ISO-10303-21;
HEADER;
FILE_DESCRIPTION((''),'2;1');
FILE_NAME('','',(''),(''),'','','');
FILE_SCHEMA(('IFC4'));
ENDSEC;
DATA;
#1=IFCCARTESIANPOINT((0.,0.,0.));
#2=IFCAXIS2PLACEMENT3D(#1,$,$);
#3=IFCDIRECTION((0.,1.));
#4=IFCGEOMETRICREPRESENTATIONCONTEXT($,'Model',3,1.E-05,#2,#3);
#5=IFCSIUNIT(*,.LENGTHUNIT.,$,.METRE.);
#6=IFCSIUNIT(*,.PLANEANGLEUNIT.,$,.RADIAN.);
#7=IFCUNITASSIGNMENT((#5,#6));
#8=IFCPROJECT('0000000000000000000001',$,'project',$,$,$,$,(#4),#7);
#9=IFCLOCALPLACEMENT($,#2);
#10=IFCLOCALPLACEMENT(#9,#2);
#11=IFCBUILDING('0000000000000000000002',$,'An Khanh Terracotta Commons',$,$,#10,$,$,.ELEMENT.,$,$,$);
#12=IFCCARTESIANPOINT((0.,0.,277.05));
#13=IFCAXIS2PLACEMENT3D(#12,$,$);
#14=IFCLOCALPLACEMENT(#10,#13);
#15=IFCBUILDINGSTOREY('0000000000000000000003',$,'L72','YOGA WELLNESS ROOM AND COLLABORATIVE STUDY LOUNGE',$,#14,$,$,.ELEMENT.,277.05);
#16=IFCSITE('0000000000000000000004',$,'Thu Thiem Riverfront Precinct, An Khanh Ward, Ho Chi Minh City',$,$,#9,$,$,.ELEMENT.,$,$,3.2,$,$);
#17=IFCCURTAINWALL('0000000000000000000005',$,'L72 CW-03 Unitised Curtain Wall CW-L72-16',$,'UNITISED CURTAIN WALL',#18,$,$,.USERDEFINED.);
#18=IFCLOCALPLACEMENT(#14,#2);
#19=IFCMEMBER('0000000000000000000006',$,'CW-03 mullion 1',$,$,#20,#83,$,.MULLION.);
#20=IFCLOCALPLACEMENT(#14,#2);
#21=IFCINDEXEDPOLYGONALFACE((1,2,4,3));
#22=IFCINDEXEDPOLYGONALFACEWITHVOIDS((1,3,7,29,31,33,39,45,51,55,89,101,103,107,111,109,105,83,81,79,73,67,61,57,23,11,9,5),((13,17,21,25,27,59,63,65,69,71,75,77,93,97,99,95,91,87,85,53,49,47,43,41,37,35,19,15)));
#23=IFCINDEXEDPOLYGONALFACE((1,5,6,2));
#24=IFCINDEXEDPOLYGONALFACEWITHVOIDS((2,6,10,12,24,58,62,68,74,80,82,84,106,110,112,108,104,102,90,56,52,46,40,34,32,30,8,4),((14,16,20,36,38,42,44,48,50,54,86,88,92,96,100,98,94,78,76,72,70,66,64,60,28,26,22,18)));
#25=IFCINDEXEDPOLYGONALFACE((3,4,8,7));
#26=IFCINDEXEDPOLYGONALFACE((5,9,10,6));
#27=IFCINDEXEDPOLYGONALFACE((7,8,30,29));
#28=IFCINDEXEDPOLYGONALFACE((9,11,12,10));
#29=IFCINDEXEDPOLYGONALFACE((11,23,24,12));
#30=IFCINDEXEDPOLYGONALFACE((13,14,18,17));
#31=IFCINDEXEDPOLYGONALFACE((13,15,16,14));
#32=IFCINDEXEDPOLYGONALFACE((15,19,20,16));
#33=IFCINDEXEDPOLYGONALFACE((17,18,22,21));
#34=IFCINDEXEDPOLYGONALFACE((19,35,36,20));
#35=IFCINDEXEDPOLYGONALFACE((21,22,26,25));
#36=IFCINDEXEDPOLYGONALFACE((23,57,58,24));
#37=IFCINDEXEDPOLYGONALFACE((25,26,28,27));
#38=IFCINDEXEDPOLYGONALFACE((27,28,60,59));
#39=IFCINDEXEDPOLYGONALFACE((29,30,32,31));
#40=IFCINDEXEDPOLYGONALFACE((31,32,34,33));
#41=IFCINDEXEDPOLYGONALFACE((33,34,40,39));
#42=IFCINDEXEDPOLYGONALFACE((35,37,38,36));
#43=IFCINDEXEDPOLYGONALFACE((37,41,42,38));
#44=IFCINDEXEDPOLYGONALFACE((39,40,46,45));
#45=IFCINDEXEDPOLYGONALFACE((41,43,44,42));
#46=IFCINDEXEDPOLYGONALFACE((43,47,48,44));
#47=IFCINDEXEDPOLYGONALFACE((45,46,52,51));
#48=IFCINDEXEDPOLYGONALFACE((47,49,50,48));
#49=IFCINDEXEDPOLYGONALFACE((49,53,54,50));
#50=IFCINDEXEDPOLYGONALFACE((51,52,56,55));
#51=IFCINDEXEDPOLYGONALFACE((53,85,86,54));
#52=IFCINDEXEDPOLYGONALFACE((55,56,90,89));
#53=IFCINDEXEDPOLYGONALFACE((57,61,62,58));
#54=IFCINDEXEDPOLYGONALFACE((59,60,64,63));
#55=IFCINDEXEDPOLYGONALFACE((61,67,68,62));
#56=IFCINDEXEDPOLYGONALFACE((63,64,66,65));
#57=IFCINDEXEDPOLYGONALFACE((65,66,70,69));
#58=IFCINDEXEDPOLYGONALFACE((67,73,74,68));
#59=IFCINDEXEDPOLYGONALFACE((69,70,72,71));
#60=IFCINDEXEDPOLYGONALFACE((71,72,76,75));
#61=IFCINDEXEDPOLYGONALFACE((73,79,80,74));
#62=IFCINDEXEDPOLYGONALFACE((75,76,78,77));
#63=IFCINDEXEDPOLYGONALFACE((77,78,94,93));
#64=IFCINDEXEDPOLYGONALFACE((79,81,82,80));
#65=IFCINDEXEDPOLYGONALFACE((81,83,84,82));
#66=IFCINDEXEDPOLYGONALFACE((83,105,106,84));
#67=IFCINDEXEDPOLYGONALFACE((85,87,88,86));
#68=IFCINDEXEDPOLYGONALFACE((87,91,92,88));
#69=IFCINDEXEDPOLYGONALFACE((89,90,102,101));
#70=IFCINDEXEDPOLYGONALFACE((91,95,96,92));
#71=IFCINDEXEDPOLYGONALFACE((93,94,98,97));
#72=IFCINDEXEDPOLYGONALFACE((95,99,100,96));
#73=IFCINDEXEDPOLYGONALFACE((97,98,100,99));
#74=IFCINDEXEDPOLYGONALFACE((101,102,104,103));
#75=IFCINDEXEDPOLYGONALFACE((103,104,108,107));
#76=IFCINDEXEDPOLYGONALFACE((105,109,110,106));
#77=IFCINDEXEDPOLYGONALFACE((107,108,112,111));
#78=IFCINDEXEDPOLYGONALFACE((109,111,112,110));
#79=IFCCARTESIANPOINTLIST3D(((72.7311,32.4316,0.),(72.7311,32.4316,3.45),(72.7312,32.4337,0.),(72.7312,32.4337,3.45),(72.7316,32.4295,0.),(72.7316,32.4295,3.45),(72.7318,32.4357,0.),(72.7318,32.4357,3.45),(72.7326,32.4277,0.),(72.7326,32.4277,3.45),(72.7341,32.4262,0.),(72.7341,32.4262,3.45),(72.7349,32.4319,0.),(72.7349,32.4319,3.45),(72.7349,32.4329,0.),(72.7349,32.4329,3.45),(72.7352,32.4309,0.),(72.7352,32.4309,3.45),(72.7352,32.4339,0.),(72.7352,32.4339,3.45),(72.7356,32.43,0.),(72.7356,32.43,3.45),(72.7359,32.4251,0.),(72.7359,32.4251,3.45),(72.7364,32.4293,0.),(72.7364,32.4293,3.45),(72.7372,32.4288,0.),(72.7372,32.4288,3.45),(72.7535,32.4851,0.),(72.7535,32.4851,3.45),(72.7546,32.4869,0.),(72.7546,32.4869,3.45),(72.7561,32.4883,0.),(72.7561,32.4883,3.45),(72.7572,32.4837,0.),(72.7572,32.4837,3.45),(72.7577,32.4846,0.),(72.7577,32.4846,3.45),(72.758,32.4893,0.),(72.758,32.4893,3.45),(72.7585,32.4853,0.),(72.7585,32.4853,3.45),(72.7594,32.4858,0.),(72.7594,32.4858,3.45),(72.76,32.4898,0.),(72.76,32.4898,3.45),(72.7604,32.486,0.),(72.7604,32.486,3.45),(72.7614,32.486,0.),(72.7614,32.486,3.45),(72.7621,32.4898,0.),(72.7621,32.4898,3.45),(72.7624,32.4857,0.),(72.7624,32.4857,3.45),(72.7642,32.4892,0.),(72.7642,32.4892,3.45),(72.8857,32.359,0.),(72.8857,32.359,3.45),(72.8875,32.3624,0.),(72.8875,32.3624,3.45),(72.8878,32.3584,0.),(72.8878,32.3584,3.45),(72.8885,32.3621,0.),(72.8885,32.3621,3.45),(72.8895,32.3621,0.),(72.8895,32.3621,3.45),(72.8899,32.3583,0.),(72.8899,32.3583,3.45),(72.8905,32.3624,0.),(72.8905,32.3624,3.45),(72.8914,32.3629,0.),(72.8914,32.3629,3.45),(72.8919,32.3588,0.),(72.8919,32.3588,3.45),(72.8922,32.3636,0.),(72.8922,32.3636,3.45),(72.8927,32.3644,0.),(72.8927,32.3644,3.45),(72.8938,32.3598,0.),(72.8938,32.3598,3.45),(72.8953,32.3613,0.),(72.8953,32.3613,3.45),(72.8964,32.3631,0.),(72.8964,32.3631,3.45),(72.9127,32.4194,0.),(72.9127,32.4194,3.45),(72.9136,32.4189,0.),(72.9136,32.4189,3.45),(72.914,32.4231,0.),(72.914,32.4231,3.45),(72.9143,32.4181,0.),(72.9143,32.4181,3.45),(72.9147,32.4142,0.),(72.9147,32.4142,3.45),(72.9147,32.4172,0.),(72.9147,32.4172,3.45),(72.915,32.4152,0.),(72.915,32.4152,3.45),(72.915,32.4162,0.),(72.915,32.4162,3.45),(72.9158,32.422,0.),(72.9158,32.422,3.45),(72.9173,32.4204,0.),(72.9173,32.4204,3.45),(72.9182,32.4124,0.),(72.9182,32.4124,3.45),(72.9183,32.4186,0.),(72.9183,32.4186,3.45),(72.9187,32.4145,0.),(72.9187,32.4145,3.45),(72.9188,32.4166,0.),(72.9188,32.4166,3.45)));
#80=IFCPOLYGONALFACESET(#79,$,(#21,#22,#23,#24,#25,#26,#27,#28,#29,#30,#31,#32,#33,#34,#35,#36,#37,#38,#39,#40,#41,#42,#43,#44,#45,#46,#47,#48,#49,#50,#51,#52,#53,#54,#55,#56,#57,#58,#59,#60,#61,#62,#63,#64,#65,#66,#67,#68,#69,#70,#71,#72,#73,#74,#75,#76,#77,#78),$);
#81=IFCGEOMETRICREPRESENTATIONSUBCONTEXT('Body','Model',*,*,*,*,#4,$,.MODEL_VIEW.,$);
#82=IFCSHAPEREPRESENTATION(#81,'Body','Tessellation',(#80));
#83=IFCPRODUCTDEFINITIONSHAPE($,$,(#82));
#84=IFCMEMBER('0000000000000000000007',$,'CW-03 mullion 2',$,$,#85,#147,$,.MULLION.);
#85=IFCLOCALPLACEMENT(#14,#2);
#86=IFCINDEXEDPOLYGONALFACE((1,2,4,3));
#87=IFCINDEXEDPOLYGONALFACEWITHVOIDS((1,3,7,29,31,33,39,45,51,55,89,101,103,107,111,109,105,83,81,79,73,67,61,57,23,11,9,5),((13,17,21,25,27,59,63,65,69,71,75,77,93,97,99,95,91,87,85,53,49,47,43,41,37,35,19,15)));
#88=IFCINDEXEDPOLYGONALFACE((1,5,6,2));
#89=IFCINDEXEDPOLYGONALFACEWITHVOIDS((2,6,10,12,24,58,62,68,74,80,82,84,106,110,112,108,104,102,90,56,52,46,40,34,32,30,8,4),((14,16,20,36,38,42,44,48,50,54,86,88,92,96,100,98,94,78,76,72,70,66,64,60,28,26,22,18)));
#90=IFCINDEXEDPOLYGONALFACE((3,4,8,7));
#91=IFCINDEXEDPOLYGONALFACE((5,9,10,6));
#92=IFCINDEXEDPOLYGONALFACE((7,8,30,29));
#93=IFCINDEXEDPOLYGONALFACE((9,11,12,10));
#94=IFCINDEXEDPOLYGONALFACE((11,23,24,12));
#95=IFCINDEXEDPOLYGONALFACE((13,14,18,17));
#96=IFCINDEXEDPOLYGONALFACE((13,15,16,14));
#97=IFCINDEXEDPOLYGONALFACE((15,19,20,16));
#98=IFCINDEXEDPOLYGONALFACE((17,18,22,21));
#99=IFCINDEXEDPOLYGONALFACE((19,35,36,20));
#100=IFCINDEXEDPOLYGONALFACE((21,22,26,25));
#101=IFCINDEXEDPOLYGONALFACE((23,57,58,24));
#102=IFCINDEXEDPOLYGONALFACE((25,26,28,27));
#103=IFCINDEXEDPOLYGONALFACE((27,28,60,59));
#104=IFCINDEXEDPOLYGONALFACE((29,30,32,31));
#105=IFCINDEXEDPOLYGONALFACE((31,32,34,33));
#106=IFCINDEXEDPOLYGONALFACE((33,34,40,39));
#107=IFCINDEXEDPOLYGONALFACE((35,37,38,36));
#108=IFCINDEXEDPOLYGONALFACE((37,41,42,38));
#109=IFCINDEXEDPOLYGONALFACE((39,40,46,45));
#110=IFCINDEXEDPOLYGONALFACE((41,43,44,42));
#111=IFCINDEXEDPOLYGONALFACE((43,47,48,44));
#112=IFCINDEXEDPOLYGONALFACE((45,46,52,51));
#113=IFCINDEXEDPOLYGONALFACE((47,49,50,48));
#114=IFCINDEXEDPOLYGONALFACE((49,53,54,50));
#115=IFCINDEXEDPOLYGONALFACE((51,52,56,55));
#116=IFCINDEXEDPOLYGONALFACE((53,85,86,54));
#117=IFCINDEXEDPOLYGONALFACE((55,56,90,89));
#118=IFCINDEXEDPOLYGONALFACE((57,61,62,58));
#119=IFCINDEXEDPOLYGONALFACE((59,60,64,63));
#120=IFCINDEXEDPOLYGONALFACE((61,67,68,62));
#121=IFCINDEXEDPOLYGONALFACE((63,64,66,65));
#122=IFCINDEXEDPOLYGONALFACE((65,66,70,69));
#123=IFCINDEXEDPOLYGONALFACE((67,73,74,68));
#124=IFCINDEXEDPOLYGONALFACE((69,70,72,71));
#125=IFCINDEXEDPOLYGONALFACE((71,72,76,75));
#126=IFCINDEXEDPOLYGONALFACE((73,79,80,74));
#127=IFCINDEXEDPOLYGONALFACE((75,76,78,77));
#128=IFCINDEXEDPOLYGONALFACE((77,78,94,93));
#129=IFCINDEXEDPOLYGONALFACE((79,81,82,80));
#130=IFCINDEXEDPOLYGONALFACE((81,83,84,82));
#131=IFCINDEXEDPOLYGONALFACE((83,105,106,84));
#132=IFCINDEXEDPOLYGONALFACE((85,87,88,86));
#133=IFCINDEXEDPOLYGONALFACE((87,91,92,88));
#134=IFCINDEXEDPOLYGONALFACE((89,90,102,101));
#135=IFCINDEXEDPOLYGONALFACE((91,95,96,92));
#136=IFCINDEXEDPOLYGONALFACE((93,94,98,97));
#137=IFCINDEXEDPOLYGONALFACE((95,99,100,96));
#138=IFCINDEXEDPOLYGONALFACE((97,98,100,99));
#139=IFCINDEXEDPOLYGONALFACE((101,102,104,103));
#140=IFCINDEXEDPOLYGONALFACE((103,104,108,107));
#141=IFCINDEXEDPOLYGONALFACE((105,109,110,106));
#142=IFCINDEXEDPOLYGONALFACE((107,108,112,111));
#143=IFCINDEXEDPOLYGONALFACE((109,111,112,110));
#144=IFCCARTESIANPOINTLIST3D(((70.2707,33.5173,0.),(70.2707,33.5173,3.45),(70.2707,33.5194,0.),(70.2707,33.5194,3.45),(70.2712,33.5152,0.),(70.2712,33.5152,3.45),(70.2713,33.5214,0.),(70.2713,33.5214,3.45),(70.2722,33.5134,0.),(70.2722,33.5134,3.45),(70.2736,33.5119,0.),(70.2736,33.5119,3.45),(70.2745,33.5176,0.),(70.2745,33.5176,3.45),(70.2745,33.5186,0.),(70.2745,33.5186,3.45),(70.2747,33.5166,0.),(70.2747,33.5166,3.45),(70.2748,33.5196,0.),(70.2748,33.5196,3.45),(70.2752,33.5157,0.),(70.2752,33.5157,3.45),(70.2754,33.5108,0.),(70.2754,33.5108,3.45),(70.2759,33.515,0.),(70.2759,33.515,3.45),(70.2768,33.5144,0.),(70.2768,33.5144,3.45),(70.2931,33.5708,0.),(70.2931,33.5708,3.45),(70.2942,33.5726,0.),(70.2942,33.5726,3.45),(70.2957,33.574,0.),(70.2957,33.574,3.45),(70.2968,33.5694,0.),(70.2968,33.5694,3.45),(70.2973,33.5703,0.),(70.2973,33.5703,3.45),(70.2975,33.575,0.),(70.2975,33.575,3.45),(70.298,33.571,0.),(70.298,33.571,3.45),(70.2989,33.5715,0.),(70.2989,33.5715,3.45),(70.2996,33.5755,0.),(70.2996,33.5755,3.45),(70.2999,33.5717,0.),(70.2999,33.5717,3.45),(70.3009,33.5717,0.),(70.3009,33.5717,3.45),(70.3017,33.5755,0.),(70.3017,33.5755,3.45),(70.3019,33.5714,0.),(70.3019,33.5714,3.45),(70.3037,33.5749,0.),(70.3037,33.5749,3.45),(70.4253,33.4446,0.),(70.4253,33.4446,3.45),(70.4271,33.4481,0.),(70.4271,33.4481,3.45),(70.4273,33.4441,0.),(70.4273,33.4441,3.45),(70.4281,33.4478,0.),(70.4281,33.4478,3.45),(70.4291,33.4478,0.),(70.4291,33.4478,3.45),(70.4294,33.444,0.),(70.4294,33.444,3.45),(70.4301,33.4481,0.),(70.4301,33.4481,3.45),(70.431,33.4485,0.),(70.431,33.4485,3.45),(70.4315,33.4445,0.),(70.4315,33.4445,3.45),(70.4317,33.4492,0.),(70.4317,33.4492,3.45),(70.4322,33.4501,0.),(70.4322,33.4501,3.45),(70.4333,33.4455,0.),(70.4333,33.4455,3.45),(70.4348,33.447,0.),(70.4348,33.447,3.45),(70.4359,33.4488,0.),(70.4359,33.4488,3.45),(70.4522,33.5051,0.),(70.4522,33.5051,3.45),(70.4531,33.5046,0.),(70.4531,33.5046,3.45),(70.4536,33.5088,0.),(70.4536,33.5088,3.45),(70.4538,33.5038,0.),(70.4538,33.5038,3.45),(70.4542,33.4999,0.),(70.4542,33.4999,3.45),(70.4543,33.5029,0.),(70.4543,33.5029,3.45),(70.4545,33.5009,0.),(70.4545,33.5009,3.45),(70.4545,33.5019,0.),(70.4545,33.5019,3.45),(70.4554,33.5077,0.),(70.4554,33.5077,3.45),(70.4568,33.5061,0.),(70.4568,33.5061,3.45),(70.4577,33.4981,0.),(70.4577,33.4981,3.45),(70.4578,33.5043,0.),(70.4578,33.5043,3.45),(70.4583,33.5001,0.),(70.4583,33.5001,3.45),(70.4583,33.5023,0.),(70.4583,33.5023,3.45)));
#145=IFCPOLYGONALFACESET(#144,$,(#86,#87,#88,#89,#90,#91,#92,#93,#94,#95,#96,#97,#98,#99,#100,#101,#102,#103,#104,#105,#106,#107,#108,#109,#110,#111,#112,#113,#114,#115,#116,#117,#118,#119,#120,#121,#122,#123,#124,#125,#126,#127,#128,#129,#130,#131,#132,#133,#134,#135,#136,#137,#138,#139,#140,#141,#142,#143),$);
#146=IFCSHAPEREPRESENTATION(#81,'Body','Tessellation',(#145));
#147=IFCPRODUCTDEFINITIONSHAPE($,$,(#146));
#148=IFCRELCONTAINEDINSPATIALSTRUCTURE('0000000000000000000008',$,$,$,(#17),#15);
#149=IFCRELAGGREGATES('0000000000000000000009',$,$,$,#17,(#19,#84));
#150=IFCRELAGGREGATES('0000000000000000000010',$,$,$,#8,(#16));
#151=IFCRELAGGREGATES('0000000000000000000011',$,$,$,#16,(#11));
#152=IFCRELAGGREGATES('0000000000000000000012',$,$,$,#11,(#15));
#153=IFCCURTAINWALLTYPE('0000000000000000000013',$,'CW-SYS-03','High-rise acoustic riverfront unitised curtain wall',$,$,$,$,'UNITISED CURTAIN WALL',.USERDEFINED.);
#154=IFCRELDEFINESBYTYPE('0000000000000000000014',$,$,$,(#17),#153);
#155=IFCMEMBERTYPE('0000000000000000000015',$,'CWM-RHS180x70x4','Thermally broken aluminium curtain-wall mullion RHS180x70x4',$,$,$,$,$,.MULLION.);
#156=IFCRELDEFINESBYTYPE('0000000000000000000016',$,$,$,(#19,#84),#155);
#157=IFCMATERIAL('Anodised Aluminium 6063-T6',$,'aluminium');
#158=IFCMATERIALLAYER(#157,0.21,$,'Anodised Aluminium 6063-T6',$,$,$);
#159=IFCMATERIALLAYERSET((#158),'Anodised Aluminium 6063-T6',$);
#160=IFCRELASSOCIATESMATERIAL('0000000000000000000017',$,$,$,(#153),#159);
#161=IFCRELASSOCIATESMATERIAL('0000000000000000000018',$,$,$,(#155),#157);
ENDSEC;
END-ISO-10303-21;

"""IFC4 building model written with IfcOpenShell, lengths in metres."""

from ifc_helpers import new_model, si_unit, direction, frame, origin, origin_2d, place, context, subcontext, project, spatial, hollow_rectangle, extrude, material, layer, layer_set, material_profile, profile_set, type_object, element, aggregate, save


model = new_model("IFC4")

# Units and contexts
model_context = context("Model", 3, precision=1e-05, world=origin(), true_north=direction((0.0, 1.0)))
body_context = subcontext(model_context, "Body", "Model", "MODEL_VIEW")
ifc_project = project(units=[si_unit("LENGTHUNIT", "METRE"), si_unit("PLANEANGLEUNIT", "RADIAN")], contexts=[model_context])

# Site, building, storey
site_placement = place(None, origin())
site = spatial("IfcSite", under=ifc_project, at=site_placement, Name="Thu Thiem Riverfront Precinct, An Khanh Ward, Ho Chi Minh City", CompositionType="ELEMENT", RefElevation=3.2)
building_placement = place(site_placement, origin())
building = spatial("IfcBuilding", under=site, at=building_placement, Name="An Khanh Terracotta Commons", CompositionType="ELEMENT")
storey_placement = place(building_placement, frame((0.0, 0.0, 277.05)))
storey = spatial("IfcBuildingStorey", under=building, at=storey_placement, Name="L72", Description="YOGA WELLNESS ROOM AND COLLABORATIVE STUDY LOUNGE", CompositionType="ELEMENT", Elevation=277.05)

# Curtain wall, members
ifc_material_1 = material(Name="Anodised Aluminium 6063-T6", Category="aluminium")
ifc_layer_1 = layer(ifc_material_1, 0.21, Name="Anodised Aluminium 6063-T6")
ifc_layer_set_1 = layer_set([ifc_layer_1], Name="Anodised Aluminium 6063-T6")
curtain_wall_type_1 = type_object("IfcCurtainWallType", Name="CW-SYS-03", Description="High-rise acoustic riverfront unitised curtain wall", ElementType="UNITISED CURTAIN WALL", PredefinedType="USERDEFINED", material=ifc_layer_set_1)
curtain_wall_1_placement = place(storey_placement, origin())
curtain_wall_1 = element("IfcCurtainWall", 1, at=curtain_wall_1_placement, inside=storey, type_object=curtain_wall_type_1, Name="L72 CW-03 Unitised Curtain Wall CW-L72-16", ObjectType="UNITISED CURTAIN WALL", PredefinedType="USERDEFINED")
ifc_material_profile_1 = material_profile(ifc_material_1, hollow_rectangle(XDim=0.0701, YDim=0.1799, WallThickness=0.0039, InnerFilletRadius=0.0039, OuterFilletRadius=0.0081, at=origin_2d()), Name="RHS180x70x4")
ifc_profile_set_1 = profile_set([ifc_material_profile_1], Name="Anodised Aluminium 6063-T6")
member_type_1 = type_object("IfcMemberType", Name="CWM-RHS180x70x4", Description="Thermally broken aluminium curtain-wall mullion RHS180x70x4", PredefinedType="MULLION", material=ifc_profile_set_1)
member_1_placement = place(storey_placement, frame((72.825, 32.4241, 0.0), z_axis=(0.0, 0.0, 1.0), x_axis=(-0.403676, -0.914902, 0.0)))
member_1 = element("IfcMember", 2, at=member_1_placement, type_object=member_type_1, Name="CW-03 mullion 1", PredefinedType="MULLION", context=body_context, shape_type="SweptSolid", body=[
    extrude(hollow_rectangle(XDim=0.0701, YDim=0.1799, WallThickness=0.0039, InnerFilletRadius=0.0039, OuterFilletRadius=0.0081, at=origin_2d()), origin(), (0.0, 0.0, 1.0), 3.45),
])
member_2_placement = place(storey_placement, frame((70.3645, 33.5098, 0.0), z_axis=(0.0, 0.0, 1.0), x_axis=(-0.403676, -0.914902, 0.0)))
member_2 = element("IfcMember", 3, at=member_2_placement, type_object=member_type_1, Name="CW-03 mullion 2", PredefinedType="MULLION", context=body_context, shape_type="SweptSolid", body=[
    extrude(hollow_rectangle(XDim=0.0701, YDim=0.1799, WallThickness=0.0039, InnerFilletRadius=0.0039, OuterFilletRadius=0.0081, at=origin_2d()), origin(), (0.0, 0.0, 1.0), 3.45),
])

aggregate(curtain_wall_1, [member_1, member_2])

save(model, "model.ifc")
